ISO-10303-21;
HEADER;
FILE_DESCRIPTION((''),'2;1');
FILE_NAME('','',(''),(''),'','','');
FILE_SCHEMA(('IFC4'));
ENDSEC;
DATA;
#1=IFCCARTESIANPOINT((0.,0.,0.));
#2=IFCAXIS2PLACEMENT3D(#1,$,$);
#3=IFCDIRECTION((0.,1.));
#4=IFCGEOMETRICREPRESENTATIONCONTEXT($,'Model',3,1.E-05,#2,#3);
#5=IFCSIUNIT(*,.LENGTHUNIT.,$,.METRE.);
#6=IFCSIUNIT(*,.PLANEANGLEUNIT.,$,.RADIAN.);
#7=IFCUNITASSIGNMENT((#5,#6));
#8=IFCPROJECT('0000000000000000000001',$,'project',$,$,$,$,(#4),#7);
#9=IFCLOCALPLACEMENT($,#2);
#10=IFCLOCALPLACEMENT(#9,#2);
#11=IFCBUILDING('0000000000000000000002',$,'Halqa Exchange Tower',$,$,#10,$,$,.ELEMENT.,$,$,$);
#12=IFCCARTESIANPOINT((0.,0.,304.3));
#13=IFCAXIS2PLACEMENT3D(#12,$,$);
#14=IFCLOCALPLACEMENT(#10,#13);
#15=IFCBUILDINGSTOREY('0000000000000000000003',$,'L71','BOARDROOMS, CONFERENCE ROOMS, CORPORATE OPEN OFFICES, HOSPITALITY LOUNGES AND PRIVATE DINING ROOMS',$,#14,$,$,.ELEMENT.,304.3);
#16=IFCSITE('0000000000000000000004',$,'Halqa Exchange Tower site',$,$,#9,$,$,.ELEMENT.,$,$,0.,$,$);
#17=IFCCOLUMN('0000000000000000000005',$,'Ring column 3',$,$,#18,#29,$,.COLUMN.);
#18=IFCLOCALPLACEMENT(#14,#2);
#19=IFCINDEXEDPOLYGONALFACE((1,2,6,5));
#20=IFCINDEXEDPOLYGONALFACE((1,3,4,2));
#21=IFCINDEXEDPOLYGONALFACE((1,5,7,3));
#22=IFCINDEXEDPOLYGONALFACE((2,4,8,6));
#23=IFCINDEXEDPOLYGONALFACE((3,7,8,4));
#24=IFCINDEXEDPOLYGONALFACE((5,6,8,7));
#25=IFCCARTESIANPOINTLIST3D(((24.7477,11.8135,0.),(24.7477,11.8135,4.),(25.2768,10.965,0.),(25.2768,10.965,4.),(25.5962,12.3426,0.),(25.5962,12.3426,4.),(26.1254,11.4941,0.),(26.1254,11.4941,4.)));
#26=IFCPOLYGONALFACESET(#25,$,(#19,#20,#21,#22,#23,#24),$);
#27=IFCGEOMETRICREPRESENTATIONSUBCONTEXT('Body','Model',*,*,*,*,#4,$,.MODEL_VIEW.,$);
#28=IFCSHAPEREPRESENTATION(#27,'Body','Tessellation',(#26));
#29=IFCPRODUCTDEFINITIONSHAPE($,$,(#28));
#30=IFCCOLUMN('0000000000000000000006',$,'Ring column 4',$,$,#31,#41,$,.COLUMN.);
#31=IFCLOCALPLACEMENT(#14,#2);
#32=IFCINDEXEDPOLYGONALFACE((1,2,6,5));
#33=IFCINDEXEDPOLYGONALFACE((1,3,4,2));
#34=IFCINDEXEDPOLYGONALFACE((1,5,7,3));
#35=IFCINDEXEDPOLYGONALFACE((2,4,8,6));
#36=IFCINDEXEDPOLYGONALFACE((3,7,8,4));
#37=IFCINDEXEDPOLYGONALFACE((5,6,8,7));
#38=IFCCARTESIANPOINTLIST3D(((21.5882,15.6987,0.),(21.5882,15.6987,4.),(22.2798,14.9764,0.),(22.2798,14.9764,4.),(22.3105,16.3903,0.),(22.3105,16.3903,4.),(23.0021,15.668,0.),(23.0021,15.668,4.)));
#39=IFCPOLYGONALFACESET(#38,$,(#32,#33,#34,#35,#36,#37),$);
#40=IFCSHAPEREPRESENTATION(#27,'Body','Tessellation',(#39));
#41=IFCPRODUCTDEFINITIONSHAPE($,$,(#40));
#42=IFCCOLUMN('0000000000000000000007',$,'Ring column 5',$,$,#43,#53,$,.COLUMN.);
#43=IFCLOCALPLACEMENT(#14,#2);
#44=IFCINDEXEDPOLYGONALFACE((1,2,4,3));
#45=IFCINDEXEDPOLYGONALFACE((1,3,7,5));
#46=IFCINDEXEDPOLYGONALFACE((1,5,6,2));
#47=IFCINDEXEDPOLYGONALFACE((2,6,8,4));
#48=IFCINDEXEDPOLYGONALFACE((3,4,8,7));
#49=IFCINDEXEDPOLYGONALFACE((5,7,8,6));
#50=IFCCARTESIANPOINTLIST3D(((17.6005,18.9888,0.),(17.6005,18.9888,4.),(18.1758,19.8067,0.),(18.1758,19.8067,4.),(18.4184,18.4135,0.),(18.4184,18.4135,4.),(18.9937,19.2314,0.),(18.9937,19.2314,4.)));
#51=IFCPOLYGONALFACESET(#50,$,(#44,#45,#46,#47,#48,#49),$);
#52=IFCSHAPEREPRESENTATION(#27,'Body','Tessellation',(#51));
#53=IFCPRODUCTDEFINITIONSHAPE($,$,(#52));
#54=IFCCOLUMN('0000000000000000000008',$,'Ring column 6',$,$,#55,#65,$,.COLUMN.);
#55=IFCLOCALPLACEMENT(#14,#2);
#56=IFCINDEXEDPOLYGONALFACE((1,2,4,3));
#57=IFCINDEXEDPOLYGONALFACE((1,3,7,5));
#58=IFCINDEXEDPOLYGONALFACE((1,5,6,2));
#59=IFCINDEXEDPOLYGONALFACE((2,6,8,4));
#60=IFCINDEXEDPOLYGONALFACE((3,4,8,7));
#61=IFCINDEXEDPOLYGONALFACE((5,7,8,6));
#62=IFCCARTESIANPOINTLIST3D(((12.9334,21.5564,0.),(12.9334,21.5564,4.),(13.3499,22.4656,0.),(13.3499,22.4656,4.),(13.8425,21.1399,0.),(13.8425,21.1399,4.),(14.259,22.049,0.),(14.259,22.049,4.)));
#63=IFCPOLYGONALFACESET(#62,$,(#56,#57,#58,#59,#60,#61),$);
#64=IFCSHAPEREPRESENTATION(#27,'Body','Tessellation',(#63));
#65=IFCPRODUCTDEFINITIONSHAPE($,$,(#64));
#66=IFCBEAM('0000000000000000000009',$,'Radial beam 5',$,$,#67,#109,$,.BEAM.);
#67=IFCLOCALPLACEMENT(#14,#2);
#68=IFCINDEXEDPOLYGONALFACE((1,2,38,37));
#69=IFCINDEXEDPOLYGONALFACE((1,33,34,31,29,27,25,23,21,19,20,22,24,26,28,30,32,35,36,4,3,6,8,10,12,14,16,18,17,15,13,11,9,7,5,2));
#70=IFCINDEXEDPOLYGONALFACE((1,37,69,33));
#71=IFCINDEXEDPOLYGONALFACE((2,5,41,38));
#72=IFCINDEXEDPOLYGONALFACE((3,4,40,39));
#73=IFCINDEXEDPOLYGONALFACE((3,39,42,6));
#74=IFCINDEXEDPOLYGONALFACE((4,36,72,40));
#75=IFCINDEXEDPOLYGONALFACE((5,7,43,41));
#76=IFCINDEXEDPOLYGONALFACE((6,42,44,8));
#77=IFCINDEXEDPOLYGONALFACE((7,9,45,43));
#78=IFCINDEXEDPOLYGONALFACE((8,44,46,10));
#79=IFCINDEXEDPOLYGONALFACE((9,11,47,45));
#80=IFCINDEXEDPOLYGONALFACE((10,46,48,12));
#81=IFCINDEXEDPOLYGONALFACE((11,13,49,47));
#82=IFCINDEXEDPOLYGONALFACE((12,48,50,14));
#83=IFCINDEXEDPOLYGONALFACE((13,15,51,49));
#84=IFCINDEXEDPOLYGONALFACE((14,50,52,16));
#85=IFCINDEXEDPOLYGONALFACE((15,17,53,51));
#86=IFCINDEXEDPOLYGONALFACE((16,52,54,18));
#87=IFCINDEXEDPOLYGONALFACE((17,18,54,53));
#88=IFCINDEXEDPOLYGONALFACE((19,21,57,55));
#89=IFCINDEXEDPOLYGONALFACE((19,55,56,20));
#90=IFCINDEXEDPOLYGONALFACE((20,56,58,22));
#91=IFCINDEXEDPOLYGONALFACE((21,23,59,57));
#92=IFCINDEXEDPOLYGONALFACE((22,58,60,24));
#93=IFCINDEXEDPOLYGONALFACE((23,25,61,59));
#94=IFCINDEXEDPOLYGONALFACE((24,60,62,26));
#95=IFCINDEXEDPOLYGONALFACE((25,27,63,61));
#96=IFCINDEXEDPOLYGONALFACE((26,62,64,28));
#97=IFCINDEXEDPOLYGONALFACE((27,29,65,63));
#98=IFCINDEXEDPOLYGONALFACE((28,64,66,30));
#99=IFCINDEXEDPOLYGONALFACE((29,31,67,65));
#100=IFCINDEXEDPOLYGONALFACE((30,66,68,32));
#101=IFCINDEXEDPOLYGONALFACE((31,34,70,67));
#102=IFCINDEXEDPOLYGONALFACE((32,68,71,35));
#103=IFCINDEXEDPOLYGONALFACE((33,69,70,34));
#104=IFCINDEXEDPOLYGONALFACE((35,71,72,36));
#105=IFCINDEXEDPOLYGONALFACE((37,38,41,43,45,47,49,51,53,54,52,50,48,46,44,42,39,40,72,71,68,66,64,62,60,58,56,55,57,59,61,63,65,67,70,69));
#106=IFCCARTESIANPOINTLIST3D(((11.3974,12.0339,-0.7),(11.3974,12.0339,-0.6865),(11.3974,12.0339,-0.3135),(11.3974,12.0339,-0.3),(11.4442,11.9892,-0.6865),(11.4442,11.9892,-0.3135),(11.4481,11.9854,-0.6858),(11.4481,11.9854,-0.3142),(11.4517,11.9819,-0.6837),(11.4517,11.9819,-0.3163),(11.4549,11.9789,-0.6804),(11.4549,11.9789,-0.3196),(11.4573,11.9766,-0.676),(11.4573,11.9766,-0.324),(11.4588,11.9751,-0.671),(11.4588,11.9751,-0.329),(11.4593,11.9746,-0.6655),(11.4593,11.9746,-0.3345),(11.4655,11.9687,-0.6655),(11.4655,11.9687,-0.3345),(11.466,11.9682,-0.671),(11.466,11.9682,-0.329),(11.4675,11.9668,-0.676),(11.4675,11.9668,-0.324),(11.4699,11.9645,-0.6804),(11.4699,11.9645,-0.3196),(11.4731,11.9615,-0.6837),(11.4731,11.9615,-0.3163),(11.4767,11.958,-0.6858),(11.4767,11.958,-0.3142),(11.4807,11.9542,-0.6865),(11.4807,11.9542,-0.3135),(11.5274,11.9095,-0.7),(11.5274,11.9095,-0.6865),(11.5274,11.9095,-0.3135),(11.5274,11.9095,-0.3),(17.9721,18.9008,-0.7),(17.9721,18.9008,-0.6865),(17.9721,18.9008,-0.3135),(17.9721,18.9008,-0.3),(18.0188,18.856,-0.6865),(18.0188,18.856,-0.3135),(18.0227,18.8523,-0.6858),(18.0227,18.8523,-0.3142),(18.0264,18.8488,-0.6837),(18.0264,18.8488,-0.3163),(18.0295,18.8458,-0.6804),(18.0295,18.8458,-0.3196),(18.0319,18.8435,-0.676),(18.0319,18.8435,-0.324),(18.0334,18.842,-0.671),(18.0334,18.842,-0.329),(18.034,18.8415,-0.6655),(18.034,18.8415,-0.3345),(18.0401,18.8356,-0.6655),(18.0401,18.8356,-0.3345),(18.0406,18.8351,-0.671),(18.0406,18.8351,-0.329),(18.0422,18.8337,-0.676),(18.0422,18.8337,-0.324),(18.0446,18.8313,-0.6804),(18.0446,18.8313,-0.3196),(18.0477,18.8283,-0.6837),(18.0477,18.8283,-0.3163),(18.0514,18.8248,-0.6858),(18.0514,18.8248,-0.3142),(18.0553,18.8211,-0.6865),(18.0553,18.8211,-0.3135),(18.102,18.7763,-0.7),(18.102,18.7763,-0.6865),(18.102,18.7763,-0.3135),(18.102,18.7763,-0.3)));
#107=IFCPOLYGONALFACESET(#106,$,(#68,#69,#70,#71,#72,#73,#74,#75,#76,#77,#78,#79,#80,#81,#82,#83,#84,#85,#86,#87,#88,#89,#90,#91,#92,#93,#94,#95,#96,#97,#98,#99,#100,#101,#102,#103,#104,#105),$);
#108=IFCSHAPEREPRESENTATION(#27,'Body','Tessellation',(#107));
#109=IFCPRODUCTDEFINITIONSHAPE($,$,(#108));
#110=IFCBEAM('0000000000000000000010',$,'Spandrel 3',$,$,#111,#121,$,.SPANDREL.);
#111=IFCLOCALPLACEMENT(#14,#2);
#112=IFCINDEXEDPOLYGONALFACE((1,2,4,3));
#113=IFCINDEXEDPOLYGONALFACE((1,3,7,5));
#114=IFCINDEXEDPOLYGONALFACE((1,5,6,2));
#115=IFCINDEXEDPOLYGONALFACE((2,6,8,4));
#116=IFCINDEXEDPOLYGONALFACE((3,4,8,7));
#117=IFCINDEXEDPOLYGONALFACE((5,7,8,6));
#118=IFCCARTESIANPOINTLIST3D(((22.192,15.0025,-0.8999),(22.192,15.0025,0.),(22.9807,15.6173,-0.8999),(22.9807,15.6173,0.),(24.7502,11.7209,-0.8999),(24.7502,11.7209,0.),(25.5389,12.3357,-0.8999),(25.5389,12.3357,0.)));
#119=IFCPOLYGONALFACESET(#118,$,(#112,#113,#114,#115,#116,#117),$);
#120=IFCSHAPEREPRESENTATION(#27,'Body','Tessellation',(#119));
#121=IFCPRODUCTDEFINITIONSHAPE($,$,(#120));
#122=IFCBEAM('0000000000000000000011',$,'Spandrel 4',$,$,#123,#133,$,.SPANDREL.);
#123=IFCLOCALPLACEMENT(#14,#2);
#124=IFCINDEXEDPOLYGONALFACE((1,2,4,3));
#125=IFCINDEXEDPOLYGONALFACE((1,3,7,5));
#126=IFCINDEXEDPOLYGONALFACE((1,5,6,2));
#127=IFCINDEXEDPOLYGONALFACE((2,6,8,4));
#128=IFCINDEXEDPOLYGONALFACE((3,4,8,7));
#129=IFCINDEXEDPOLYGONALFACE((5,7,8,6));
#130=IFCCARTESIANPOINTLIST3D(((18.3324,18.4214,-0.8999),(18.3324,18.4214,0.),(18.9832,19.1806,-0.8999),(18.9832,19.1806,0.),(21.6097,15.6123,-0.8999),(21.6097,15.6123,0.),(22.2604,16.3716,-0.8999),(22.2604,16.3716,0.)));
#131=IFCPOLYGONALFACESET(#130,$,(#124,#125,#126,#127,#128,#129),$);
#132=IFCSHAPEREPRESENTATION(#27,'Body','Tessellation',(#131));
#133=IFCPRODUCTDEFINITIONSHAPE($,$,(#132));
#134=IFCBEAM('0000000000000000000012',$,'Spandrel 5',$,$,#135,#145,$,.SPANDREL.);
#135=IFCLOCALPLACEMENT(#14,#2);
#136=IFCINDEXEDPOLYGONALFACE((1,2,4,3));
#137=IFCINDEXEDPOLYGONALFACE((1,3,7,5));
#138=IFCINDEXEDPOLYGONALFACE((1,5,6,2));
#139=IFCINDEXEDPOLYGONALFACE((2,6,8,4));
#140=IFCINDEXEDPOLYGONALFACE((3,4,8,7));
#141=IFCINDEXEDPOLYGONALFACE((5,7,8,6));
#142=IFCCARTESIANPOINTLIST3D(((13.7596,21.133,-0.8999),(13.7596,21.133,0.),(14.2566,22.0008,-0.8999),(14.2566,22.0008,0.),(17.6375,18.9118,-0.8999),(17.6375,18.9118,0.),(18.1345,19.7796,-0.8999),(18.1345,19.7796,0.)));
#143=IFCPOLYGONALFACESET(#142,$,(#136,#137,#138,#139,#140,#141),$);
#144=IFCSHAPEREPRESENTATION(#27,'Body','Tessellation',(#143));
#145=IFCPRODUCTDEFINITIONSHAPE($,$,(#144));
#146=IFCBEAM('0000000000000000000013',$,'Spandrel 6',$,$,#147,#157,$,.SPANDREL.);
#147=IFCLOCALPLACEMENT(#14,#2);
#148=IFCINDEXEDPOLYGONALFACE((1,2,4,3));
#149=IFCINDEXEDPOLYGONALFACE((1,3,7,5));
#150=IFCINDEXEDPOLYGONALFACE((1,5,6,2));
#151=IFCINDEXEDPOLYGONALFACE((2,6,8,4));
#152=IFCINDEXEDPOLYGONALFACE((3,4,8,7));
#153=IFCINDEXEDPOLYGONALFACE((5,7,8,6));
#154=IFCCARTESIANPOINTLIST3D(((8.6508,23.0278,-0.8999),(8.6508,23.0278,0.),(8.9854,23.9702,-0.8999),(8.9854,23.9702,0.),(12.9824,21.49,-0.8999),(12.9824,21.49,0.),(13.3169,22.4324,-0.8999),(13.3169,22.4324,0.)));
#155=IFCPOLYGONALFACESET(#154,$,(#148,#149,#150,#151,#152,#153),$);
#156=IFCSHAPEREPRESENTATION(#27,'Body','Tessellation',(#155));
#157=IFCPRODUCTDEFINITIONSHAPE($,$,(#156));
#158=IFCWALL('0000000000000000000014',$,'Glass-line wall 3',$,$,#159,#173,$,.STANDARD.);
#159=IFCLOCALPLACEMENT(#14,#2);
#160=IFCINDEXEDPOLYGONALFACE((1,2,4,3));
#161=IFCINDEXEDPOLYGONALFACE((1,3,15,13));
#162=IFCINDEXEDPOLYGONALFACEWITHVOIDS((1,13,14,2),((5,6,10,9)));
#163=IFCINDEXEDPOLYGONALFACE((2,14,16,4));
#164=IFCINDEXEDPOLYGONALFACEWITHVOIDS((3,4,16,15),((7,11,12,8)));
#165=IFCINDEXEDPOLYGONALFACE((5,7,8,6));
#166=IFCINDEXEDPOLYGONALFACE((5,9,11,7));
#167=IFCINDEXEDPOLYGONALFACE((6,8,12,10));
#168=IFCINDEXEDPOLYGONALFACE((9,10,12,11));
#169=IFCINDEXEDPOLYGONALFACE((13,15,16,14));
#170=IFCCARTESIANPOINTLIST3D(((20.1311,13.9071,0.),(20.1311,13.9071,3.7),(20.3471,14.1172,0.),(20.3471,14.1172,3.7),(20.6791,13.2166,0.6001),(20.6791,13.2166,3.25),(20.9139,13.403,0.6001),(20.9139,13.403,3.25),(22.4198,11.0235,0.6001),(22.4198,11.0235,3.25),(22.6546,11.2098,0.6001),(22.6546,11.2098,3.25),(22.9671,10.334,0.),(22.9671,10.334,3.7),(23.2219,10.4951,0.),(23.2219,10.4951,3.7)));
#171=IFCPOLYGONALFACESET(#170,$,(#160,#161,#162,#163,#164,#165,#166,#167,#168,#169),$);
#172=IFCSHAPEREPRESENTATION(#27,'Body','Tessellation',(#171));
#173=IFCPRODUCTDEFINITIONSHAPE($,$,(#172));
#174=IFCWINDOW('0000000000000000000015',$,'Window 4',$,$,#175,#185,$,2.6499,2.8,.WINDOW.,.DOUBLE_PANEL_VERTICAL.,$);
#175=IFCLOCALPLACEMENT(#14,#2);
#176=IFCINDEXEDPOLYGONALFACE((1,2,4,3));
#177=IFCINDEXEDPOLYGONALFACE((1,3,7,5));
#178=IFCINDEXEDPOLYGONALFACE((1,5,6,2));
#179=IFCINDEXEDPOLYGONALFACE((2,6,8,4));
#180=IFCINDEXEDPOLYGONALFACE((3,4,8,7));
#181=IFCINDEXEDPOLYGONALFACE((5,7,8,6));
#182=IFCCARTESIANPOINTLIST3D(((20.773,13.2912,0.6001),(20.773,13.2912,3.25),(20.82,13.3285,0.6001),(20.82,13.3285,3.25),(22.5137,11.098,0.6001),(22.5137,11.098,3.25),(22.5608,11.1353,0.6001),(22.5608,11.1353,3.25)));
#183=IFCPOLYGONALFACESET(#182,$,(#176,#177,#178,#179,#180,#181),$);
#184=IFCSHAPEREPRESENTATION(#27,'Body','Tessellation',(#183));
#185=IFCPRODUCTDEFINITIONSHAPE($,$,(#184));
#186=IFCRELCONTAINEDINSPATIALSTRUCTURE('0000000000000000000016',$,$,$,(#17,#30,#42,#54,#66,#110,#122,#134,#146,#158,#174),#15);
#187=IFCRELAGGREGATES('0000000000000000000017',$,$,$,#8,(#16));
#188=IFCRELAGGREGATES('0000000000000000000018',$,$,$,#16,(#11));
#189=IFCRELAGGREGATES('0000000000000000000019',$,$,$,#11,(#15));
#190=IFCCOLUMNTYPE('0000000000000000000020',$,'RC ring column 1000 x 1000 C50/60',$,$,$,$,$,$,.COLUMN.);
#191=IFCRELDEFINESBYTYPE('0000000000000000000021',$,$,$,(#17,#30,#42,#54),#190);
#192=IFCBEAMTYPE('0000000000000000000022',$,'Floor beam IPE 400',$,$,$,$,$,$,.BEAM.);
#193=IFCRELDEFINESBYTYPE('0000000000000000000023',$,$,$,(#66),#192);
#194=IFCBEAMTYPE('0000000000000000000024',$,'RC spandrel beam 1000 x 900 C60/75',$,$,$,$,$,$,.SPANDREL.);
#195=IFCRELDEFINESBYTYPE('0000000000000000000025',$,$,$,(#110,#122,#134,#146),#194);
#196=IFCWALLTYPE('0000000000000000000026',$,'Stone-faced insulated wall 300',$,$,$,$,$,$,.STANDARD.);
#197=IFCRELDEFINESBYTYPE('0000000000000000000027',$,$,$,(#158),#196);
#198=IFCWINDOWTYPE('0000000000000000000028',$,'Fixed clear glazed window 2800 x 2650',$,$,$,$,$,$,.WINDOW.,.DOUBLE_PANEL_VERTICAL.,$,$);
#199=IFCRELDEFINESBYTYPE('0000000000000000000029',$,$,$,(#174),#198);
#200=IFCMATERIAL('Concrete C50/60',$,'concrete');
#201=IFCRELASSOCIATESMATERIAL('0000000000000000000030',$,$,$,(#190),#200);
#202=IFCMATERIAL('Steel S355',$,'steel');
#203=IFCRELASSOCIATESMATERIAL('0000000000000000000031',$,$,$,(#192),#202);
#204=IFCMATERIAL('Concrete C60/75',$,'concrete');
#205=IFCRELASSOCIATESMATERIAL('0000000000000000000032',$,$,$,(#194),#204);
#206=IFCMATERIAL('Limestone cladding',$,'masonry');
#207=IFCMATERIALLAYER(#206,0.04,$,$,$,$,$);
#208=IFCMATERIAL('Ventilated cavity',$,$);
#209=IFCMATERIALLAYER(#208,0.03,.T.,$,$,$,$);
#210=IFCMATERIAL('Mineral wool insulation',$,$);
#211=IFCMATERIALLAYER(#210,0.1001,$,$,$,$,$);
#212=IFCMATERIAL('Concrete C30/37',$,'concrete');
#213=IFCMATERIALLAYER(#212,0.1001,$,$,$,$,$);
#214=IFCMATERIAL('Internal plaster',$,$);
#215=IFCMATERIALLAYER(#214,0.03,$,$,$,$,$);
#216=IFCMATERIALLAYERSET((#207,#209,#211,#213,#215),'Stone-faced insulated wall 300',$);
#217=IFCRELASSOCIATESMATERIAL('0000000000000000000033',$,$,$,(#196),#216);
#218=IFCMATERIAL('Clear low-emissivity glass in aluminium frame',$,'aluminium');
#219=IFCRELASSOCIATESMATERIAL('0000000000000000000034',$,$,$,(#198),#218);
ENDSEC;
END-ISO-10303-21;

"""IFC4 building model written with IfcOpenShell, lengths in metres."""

from ifc_helpers import new_model, si_unit, direction, frame, frame_2d, origin, origin_2d, place, context, subcontext, project, spatial, polyline, rectangle, i_section, outline, extrude, material, layer, layer_set, material_profile, profile_set, type_object, element, fill, save


model = new_model("IFC4")

# Units and contexts
model_context = context("Model", 3, precision=1e-05, world=origin(), true_north=direction((0.0, 1.0)))
body_context = subcontext(model_context, "Body", "Model", "MODEL_VIEW")
ifc_project = project(units=[si_unit("LENGTHUNIT", "METRE"), si_unit("PLANEANGLEUNIT", "RADIAN")], contexts=[model_context])

# Site, building, storey
site_placement = place(None, origin())
site = spatial("IfcSite", under=ifc_project, at=site_placement, Name="Halqa Exchange Tower site", CompositionType="ELEMENT", RefElevation=0.0)
building_placement = place(site_placement, origin())
building = spatial("IfcBuilding", under=site, at=building_placement, Name="Halqa Exchange Tower", CompositionType="ELEMENT")
storey_placement = place(building_placement, frame((0.0, 0.0, 304.3)))
storey = spatial("IfcBuildingStorey", under=building, at=storey_placement, Name="L71", Description="BOARDROOMS, CONFERENCE ROOMS, CORPORATE OPEN OFFICES, HOSPITALITY LOUNGES AND PRIVATE DINING ROOMS", CompositionType="ELEMENT", Elevation=304.3)

# Columns
ifc_material_1 = material(Name="Concrete C50/60", Category="concrete")
ifc_material_profile_1 = material_profile(ifc_material_1, rectangle(XDim=1.0, YDim=1.0, at=origin_2d()), Name="1000 x 1000")
ifc_profile_set_1 = profile_set([ifc_material_profile_1], Name="Concrete C50/60")
column_type = type_object("IfcColumnType", Name="RC ring column 1000 x 1000 C50/60", PredefinedType="COLUMN", material=ifc_profile_set_1)
for number, where, z_axis, x_axis, name in (
    (1, (25.4365, 11.6538, 0.0), (0.0, 0.0, 1.0), (-0.529151, 0.848528, 0.0), "Ring column 3"),
    (2, (22.2952, 15.6833, 0.0), (0.0, 0.0, 1.0), (-0.691581, 0.722299, 0.0), "Ring column 4"),
    (3, (18.2971, 19.1101, 0.0), (0.0, 0.0, 1.0), (-0.817904, 0.575355, 0.0), "Ring column 5"),
    (4, (13.5962, 21.8027, 0.0), (0.0, 0.0, 1.0), (-0.909126, 0.41652, 0.0), "Ring column 6"),
):
    element("IfcColumn", number, at=place(storey_placement, frame(where, z_axis=z_axis, x_axis=x_axis)), inside=storey, type_object=column_type, Name=name, PredefinedType="COLUMN", context=body_context, shape_type="SweptSolid", body=[
        extrude(rectangle(XDim=1.0, YDim=1.0, at=origin_2d()), origin(), (0.0, 0.0, 1.0), 4.0),
    ])

# Beams
ifc_material_2 = material(Name="Steel S355", Category="steel")
ifc_material_profile_2 = material_profile(ifc_material_2, i_section(OverallWidth=0.1799, OverallDepth=0.3999, WebThickness=0.0085, FlangeThickness=0.0134, FilletRadius=0.021, at=origin_2d()), Name="IPE 400")
ifc_profile_set_2 = profile_set([ifc_material_profile_2], Name="Steel S355")
beam_type_1 = type_object("IfcBeamType", Name="Floor beam IPE 400", PredefinedType="BEAM", material=ifc_profile_set_2)
beam_1_placement = place(storey_placement, frame((11.4624, 11.9717, -0.5), z_axis=(0.69157, 0.722309, 0.0), x_axis=(-0.722309, 0.69157, 0.0)))
element("IfcBeam", 5, at=beam_1_placement, inside=storey, type_object=beam_type_1, Name="Radial beam 5", PredefinedType="BEAM", context=body_context, shape_type="SweptSolid", body=[
    extrude(i_section(OverallWidth=0.1799, OverallDepth=0.3999, WebThickness=0.0085, FlangeThickness=0.0134, FilletRadius=0.021, at=origin_2d()), origin(), (0.0, 0.0, 1.0), 9.5068),
])
ifc_material_3 = material(Name="Concrete C60/75", Category="concrete")
ifc_material_profile_3 = material_profile(ifc_material_3, rectangle(XDim=1.0, YDim=0.8999, at=origin_2d()), Name="1000 x 900")
ifc_profile_set_3 = profile_set([ifc_material_profile_3], Name="Concrete C60/75")
beam_type_2 = type_object("IfcBeamType", Name="RC spandrel beam 1000 x 900 C60/75", PredefinedType="SPANDREL", material=ifc_profile_set_3)
beam_2_placement = place(storey_placement, frame((25.1445, 12.0283, -0.45), z_axis=(-0.614814, 0.788672, 0.0), x_axis=(-0.788672, -0.614814, 0.0)))
element("IfcBeam", 6, at=beam_2_placement, inside=storey, type_object=beam_type_2, Name="Spandrel 3", PredefinedType="SPANDREL", context=body_context, shape_type="SweptSolid", body=[
    extrude(rectangle(XDim=1.0, YDim=0.8999, at=origin_2d()), origin(), (0.0, 0.0, 1.0), 4.1609),
])
beam_3_placement = place(storey_placement, frame((21.9351, 15.9919, -0.45), z_axis=(-0.759265, 0.650782, 0.0), x_axis=(-0.650782, -0.759265, 0.0)))
element("IfcBeam", 7, at=beam_3_placement, inside=storey, type_object=beam_type_2, Name="Spandrel 4", PredefinedType="SPANDREL", context=body_context, shape_type="SweptSolid", body=[
    extrude(rectangle(XDim=1.0, YDim=0.8999, at=origin_2d()), origin(), (0.0, 0.0, 1.0), 4.3164),
])
beam_4_placement = place(storey_placement, frame((17.886, 19.3457, -0.45), z_axis=(-0.867738, 0.497021, 0.0), x_axis=(-0.497021, -0.867738, 0.0)))
element("IfcBeam", 8, at=beam_4_placement, inside=storey, type_object=beam_type_2, Name="Spandrel 5", PredefinedType="SPANDREL", context=body_context, shape_type="SweptSolid", body=[
    extrude(rectangle(XDim=1.0, YDim=0.8999, at=origin_2d()), origin(), (0.0, 0.0, 1.0), 4.469),
])
beam_5_placement = place(storey_placement, frame((13.1497, 21.9612, -0.45), z_axis=(-0.94237, 0.334573, 0.0), x_axis=(-0.334573, -0.94237, 0.0)))
element("IfcBeam", 9, at=beam_5_placement, inside=storey, type_object=beam_type_2, Name="Spandrel 6", PredefinedType="SPANDREL", context=body_context, shape_type="SweptSolid", body=[
    extrude(rectangle(XDim=1.0, YDim=0.8999, at=origin_2d()), origin(), (0.0, 0.0, 1.0), 4.5964),
])

# Wall, opening, window
ifc_material_4 = material(Name="Limestone cladding", Category="masonry")
ifc_layer_1 = layer(ifc_material_4, 0.04)
ifc_material_5 = material(Name="Ventilated cavity")
ifc_layer_2 = layer(ifc_material_5, 0.03, ventilated=True)
ifc_material_6 = material(Name="Mineral wool insulation")
ifc_layer_3 = layer(ifc_material_6, 0.1001)
ifc_material_7 = material(Name="Concrete C30/37", Category="concrete")
ifc_layer_4 = layer(ifc_material_7, 0.1001)
ifc_material_8 = material(Name="Internal plaster")
ifc_layer_5 = layer(ifc_material_8, 0.03)
ifc_layer_set = layer_set([ifc_layer_1, ifc_layer_2, ifc_layer_3, ifc_layer_4, ifc_layer_5], Name="Stone-faced insulated wall 300")
wall_type = type_object("IfcWallType", Name="Stone-faced insulated wall 300", PredefinedType="STANDARD", material=ifc_layer_set)
wall_1_placement = place(storey_placement, frame((23.0945, 10.4146, 0.0), z_axis=(0.0, 0.0, 1.0), x_axis=(-0.621683, 0.783269, 0.0)))
wall_1 = element("IfcWall", 10, at=wall_1_placement, inside=storey, type_object=wall_type, Name="Glass-line wall 3", PredefinedType="STANDARD", context=body_context, shape_type="SweptSolid", body=[
    extrude(outline(polyline([(-0.0161, -0.1499), (4.6082, -0.1499), (4.5779, 0.1499), (0.0161, 0.1499), (-0.0161, -0.1499)])), origin(), (0.0, 0.0, 1.0), 3.7),
])
opening_1_placement = place(wall_1_placement, frame((0.8965, 0.0, 0.6001)))
opening_1 = element("IfcOpeningElement", 11, at=opening_1_placement, cuts=wall_1, PredefinedType="OPENING", context=body_context, shape_type="SweptSolid", body=[
    extrude(rectangle(XDim=2.8, YDim=2.6499, at=frame_2d((1.3999, 1.325))), frame((0.0, 0.1621, 0.0), z_axis=(0.0, -1.0, 0.0), x_axis=(1.0, 0.0, 0.0)), (0.0, 0.0, 1.0), 0.324),
])
ifc_material_9 = material(Name="Clear low-emissivity glass in aluminium frame", Category="aluminium")
window_type = type_object("IfcWindowType", Name="Fixed clear glazed window 2800 x 2650", PartitioningType="DOUBLE_PANEL_VERTICAL", PredefinedType="WINDOW", material=ifc_material_9)
window_1_placement = place(opening_1_placement, origin())
window_1 = element("IfcWindow", 12, at=window_1_placement, inside=storey, type_object=window_type, Name="Window 4", OverallHeight=2.6499, OverallWidth=2.8, PartitioningType="DOUBLE_PANEL_VERTICAL", PredefinedType="WINDOW", context=body_context, shape_type="SweptSolid", body=[
    extrude(rectangle(XDim=2.8, YDim=2.6499, at=frame_2d((1.3999, 1.325))), frame((0.0, 0.03, 0.0), z_axis=(0.0, -1.0, 0.0), x_axis=(1.0, 0.0, 0.0)), (0.0, 0.0, 1.0), 0.0601),
])
fill(opening_1, window_1)

save(model, "model.ifc")
